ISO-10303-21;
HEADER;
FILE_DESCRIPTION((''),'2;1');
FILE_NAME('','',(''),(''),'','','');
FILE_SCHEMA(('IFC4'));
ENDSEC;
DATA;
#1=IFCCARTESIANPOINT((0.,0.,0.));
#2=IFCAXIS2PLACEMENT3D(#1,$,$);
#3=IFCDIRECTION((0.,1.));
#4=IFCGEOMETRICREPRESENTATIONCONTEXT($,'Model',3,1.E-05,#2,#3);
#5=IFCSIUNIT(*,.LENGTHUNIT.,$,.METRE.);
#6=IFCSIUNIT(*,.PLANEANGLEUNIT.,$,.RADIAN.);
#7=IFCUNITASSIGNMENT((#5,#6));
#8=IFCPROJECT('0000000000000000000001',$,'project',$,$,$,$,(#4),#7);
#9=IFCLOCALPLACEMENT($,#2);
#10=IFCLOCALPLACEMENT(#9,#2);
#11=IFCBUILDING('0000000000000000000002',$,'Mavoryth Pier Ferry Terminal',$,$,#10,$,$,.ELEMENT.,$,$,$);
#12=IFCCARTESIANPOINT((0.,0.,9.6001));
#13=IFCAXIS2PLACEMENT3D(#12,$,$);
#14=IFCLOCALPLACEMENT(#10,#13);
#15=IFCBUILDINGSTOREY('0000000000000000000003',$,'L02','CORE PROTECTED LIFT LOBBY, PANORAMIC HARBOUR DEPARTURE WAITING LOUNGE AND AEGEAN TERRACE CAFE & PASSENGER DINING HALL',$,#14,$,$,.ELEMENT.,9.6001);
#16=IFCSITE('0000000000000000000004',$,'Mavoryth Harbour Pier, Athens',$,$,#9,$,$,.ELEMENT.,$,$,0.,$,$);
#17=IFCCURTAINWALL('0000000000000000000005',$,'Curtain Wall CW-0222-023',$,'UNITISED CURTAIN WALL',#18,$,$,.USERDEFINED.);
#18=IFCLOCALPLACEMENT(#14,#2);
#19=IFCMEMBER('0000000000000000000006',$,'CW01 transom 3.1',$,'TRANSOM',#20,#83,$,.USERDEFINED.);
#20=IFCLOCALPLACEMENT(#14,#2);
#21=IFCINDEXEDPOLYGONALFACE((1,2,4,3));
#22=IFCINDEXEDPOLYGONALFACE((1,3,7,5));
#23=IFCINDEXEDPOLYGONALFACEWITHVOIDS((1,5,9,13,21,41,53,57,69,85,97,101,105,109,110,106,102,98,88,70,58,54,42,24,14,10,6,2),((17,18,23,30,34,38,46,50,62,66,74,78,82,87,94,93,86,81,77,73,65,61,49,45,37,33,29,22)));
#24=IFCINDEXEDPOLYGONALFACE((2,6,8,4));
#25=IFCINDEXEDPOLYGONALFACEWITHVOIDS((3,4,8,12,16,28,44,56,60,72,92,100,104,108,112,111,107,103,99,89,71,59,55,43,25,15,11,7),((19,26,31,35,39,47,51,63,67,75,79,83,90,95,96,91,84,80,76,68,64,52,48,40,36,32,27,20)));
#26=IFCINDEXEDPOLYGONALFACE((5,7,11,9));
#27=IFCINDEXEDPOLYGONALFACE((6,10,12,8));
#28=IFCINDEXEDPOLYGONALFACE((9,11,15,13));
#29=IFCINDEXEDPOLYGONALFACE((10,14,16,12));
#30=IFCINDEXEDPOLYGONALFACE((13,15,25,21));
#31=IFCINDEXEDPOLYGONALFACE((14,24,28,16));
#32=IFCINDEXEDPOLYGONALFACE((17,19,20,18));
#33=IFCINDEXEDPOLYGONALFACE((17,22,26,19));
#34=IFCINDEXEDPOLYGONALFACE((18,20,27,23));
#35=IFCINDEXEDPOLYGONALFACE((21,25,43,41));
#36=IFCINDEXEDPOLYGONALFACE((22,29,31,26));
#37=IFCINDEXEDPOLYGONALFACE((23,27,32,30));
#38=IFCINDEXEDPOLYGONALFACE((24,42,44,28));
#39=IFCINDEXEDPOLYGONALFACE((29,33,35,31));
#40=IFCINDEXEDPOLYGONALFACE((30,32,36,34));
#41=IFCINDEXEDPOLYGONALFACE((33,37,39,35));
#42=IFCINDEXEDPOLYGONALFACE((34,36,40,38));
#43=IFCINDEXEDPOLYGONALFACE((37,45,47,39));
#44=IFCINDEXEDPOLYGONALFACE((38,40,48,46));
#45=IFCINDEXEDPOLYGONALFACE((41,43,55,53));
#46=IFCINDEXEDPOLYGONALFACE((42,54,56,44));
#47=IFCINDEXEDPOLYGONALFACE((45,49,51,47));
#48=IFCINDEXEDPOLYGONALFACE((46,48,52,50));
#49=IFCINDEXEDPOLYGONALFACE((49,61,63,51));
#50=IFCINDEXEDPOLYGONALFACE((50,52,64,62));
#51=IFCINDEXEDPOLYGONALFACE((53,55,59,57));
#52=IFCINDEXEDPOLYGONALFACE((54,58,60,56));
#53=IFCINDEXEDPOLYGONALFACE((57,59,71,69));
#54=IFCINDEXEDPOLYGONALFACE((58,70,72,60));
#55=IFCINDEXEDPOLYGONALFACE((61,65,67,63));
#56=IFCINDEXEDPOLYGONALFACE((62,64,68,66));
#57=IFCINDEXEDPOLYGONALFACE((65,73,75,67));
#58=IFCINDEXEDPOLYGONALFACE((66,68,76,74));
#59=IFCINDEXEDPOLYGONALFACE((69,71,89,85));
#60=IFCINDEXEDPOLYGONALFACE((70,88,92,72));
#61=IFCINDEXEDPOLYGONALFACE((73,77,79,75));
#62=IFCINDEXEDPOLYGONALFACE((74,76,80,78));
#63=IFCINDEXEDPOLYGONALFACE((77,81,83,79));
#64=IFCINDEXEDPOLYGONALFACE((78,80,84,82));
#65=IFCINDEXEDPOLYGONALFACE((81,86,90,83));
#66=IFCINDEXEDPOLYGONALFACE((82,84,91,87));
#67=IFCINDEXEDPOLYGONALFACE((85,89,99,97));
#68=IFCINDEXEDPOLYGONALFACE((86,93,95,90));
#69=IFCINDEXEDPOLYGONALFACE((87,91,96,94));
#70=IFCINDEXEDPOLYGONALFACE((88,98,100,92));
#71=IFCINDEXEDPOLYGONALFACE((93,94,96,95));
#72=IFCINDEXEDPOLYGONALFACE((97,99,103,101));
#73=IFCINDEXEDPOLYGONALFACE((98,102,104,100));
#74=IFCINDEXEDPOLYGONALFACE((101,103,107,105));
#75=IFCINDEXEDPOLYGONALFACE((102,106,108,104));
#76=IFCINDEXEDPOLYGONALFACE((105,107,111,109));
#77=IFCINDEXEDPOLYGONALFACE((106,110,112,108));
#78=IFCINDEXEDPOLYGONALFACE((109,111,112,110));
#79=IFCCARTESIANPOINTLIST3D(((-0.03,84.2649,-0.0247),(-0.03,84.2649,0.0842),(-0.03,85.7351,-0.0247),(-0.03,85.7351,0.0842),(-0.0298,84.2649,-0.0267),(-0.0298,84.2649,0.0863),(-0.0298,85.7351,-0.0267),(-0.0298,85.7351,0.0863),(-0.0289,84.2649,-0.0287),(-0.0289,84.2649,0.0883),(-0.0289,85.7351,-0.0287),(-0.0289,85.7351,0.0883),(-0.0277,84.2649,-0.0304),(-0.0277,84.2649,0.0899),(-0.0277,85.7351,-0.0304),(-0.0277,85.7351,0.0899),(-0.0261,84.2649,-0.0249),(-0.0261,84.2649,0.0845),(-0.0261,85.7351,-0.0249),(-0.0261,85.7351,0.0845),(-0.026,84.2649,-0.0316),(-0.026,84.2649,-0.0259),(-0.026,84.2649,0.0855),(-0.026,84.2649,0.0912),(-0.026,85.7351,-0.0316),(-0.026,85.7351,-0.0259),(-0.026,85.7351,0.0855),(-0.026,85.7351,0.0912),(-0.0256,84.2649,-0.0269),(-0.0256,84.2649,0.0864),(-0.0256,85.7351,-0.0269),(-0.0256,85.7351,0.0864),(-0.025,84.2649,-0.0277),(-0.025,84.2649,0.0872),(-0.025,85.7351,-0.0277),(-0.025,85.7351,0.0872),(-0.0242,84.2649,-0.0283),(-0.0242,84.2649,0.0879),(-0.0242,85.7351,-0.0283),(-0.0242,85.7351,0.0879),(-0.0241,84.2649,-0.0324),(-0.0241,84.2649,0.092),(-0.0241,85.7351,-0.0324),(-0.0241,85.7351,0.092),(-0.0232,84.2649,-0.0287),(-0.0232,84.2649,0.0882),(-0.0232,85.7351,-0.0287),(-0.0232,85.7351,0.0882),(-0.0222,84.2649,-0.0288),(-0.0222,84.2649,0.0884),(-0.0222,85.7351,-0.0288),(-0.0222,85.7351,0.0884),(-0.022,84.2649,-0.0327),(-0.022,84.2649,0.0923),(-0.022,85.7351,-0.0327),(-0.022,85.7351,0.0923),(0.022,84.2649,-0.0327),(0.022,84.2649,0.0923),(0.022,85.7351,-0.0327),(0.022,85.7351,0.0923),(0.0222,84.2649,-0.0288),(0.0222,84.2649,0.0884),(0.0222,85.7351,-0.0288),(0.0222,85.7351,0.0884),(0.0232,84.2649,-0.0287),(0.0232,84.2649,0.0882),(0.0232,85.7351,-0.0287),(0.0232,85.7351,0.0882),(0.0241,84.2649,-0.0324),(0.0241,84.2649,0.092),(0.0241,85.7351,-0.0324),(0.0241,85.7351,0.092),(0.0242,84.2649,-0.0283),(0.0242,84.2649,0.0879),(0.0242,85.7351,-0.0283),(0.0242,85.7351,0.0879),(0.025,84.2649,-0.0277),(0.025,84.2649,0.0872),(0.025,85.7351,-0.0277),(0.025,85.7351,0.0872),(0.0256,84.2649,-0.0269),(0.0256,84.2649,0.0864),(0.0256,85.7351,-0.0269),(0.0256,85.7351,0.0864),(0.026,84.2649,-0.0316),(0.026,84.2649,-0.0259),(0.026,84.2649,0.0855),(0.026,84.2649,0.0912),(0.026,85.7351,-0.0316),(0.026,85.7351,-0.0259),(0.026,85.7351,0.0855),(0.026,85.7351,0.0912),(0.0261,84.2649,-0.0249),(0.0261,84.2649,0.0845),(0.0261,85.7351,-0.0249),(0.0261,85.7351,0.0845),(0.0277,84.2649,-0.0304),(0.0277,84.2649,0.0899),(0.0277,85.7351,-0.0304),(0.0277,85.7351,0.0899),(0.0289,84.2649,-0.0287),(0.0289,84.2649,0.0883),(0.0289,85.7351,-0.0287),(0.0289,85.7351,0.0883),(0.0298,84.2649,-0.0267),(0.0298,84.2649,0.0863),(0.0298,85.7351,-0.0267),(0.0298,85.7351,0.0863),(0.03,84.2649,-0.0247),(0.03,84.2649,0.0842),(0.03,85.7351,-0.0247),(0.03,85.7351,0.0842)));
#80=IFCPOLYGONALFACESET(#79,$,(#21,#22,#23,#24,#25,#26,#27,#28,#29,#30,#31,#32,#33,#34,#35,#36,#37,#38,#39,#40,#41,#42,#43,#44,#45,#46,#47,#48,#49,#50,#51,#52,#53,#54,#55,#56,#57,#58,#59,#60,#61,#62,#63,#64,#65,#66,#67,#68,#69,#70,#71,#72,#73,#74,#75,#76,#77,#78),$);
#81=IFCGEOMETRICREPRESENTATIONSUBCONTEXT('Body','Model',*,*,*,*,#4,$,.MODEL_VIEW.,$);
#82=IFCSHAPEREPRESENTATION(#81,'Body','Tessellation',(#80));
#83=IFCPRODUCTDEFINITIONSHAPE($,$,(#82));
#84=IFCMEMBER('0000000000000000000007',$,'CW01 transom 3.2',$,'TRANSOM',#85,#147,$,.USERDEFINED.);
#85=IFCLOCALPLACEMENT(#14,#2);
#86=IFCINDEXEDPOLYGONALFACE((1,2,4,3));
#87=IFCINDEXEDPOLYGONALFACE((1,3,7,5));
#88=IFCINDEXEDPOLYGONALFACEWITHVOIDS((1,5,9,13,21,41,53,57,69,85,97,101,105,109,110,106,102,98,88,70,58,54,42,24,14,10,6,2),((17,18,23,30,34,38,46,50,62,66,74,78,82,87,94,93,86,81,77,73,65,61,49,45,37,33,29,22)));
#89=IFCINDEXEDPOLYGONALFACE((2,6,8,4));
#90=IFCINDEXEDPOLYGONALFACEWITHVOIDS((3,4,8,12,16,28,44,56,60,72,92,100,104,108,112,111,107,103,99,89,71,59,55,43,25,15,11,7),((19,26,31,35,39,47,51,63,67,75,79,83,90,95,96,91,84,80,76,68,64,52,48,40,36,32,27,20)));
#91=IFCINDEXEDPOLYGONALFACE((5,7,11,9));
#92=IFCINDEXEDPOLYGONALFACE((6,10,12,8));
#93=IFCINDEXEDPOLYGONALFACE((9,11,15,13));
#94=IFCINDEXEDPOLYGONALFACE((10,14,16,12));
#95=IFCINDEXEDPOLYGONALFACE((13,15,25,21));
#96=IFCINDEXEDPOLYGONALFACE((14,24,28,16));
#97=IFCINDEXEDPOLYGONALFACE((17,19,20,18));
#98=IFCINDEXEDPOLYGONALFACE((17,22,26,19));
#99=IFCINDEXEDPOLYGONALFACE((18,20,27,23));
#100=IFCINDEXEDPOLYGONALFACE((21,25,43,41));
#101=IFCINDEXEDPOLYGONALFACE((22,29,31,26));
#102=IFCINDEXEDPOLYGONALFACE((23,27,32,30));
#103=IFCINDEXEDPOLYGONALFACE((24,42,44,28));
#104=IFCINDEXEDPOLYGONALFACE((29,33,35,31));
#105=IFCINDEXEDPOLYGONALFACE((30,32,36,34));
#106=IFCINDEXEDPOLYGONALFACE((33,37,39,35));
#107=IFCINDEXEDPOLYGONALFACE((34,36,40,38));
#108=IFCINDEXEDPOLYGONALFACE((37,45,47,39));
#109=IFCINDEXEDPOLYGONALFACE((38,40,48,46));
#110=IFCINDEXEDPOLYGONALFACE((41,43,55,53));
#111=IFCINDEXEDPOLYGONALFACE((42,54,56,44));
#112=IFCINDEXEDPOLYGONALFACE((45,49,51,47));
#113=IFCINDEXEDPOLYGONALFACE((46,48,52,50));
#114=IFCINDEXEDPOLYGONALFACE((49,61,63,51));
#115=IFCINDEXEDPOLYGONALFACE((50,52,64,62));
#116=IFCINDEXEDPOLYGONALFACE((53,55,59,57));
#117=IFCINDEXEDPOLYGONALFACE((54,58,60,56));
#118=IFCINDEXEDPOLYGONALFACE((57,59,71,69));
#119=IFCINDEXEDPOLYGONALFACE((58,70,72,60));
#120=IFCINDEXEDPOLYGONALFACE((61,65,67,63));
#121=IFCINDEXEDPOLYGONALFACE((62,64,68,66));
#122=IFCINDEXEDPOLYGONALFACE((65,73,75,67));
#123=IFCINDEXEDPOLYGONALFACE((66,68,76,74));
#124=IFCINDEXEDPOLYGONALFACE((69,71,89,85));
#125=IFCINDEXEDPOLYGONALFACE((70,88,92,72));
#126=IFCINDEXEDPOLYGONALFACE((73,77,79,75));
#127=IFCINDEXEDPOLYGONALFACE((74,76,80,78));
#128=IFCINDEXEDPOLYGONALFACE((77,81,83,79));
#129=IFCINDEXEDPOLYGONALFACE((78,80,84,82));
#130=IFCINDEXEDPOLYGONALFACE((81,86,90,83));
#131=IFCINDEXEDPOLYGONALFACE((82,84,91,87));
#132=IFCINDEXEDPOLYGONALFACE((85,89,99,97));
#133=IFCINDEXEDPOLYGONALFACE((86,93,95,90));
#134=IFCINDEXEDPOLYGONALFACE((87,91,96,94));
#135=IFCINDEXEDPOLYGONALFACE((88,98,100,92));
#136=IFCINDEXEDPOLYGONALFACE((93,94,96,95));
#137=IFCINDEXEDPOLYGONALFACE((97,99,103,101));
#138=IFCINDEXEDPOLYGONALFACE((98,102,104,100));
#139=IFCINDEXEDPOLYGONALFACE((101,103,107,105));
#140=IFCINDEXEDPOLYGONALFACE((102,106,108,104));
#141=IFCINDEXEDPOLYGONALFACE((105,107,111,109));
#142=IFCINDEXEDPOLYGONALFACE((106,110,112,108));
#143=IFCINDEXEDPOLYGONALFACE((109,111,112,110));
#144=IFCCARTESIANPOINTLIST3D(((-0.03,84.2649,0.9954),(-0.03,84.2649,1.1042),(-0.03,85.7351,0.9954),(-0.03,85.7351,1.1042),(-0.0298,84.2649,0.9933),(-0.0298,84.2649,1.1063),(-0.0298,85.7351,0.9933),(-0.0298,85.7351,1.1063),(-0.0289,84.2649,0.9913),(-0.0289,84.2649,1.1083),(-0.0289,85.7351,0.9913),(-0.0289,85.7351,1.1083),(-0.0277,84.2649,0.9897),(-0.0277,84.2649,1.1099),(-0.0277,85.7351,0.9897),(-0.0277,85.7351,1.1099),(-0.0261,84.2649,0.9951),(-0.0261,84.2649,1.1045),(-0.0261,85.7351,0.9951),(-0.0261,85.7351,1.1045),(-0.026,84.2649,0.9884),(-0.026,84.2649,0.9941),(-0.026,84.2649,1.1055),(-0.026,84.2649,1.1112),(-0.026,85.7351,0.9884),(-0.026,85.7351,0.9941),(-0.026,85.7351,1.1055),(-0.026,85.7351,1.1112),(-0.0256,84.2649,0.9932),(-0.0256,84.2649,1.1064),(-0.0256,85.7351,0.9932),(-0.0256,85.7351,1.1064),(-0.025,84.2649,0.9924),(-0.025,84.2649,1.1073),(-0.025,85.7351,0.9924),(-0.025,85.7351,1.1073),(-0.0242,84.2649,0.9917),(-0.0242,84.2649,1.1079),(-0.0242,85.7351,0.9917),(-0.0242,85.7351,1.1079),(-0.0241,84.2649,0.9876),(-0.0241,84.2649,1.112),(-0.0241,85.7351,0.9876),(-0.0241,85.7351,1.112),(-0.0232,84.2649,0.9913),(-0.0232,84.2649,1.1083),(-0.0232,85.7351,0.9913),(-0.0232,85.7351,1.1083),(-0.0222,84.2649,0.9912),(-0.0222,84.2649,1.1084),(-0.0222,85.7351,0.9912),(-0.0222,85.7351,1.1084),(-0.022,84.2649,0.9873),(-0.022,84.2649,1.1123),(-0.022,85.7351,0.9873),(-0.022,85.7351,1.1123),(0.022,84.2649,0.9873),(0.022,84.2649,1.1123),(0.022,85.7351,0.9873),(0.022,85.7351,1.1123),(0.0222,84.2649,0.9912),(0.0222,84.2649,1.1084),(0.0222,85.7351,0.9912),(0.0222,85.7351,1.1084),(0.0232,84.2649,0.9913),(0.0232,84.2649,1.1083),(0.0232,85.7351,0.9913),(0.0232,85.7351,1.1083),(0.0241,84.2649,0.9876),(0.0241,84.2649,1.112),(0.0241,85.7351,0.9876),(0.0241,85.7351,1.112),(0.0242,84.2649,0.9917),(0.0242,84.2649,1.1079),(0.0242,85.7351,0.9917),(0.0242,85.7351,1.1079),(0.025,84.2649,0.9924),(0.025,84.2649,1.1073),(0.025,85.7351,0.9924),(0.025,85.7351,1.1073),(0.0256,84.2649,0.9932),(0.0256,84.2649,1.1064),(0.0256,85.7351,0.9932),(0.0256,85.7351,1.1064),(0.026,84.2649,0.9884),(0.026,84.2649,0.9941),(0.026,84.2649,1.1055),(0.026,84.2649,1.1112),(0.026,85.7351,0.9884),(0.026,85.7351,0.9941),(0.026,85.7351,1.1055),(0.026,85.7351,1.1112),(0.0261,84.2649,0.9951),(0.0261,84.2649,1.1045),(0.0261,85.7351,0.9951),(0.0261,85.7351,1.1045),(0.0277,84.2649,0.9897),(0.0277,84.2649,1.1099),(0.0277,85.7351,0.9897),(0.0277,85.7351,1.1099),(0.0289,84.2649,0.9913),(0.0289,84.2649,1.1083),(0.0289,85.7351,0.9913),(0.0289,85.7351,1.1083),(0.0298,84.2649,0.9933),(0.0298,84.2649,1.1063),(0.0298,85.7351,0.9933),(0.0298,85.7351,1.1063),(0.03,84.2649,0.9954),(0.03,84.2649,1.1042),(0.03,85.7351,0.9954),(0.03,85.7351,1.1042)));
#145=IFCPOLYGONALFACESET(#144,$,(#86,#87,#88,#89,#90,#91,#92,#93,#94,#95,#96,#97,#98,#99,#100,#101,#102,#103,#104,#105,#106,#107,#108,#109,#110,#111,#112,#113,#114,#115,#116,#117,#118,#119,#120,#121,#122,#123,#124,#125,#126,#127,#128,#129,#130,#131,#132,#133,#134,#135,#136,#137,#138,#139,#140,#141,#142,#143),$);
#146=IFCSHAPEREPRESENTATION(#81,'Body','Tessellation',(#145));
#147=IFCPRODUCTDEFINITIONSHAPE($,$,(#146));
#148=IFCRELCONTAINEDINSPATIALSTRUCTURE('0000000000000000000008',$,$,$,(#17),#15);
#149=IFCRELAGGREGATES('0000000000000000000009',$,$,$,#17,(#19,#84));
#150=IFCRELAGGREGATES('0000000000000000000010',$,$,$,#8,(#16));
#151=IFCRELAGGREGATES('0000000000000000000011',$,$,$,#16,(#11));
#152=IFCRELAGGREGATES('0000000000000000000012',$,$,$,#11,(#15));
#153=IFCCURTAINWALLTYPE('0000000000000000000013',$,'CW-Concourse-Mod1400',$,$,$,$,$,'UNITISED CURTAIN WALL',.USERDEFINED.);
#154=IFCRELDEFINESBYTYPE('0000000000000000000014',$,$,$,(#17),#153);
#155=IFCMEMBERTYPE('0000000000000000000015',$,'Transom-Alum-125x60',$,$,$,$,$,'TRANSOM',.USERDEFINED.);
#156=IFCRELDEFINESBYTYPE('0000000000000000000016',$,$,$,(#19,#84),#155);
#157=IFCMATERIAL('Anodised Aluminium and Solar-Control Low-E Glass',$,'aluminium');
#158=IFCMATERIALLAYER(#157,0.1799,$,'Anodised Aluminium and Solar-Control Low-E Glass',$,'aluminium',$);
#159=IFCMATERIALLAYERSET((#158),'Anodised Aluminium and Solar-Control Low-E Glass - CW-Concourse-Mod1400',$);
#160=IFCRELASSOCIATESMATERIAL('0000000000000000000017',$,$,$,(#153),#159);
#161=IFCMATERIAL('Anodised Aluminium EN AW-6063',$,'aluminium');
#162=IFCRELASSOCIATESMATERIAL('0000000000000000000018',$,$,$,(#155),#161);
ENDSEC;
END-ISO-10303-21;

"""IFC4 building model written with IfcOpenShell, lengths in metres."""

from ifc_helpers import new_model, si_unit, direction, frame, origin, origin_2d, place, context, subcontext, project, spatial, hollow_rectangle, extrude, material, layer, layer_set, material_profile, profile_set, type_object, element, aggregate, save


model = new_model("IFC4")

# Units and contexts
model_context = context("Model", 3, precision=1e-05, world=origin(), true_north=direction((0.0, 1.0)))
body_context = subcontext(model_context, "Body", "Model", "MODEL_VIEW")
ifc_project = project(units=[si_unit("LENGTHUNIT", "METRE"), si_unit("PLANEANGLEUNIT", "RADIAN")], contexts=[model_context])

# Site, building, storey
site_placement = place(None, origin())
site = spatial("IfcSite", under=ifc_project, at=site_placement, Name="Mavoryth Harbour Pier, Athens", CompositionType="ELEMENT", RefElevation=0.0)
building_placement = place(site_placement, origin())
building = spatial("IfcBuilding", under=site, at=building_placement, Name="Mavoryth Pier Ferry Terminal", CompositionType="ELEMENT")
storey_placement = place(building_placement, frame((0.0, 0.0, 9.6001)))
storey = spatial("IfcBuildingStorey", under=building, at=storey_placement, Name="L02", Description="CORE PROTECTED LIFT LOBBY, PANORAMIC HARBOUR DEPARTURE WAITING LOUNGE AND AEGEAN TERRACE CAFE & PASSENGER DINING HALL", CompositionType="ELEMENT", Elevation=9.6001)

# Curtain wall
ifc_material_1 = material(Name="Anodised Aluminium and Solar-Control Low-E Glass", Category="aluminium")
ifc_layer_1 = layer(ifc_material_1, 0.1799, Name="Anodised Aluminium and Solar-Control Low-E Glass", Category="aluminium")
ifc_layer_set_1 = layer_set([ifc_layer_1], Name="Anodised Aluminium and Solar-Control Low-E Glass - CW-Concourse-Mod1400")
curtain_wall_type = type_object("IfcCurtainWallType", Name="CW-Concourse-Mod1400", ElementType="UNITISED CURTAIN WALL", PredefinedType="USERDEFINED", material=ifc_layer_set_1)
curtain_wall_placement = place(storey_placement, origin())
curtain_wall = element("IfcCurtainWall", 1, at=curtain_wall_placement, inside=storey, type_object=curtain_wall_type, Name="Curtain Wall CW-0222-023", ObjectType="UNITISED CURTAIN WALL", PredefinedType="USERDEFINED")
ifc_material_2 = material(Name="Anodised Aluminium EN AW-6063", Category="aluminium")

# Members
ifc_material_profile_1 = material_profile(ifc_material_2, hollow_rectangle(XDim=0.0601, YDim=0.125, WallThickness=0.0039, InnerFilletRadius=0.0039, OuterFilletRadius=0.0081, at=origin_2d()), Name="AL-TRAN 125x60x4", Category="aluminium")
ifc_profile_set_1 = profile_set([ifc_material_profile_1], Name="Anodised Aluminium EN AW-6063 - AL-TRAN 125x60x4")
member_type_1 = type_object("IfcMemberType", Name="Transom-Alum-125x60", ElementType="TRANSOM", PredefinedType="USERDEFINED", material=ifc_profile_set_1)
member_1_placement = place(storey_placement, frame((0.0, 85.7351, 0.0298), z_axis=(0.0, -1.0, 0.0), x_axis=(1.0, 0.0, 0.0)))
member_1 = element("IfcMember", 2, at=member_1_placement, type_object=member_type_1, Name="CW01 transom 3.1", ObjectType="TRANSOM", PredefinedType="USERDEFINED", context=body_context, shape_type="SweptSolid", body=[
    extrude(hollow_rectangle(XDim=0.0601, YDim=0.125, WallThickness=0.0039, InnerFilletRadius=0.0039, OuterFilletRadius=0.0081, at=origin_2d()), origin(), (0.0, 0.0, 1.0), 1.4702),
])
member_2_placement = place(storey_placement, frame((0.0, 85.7351, 1.0498), z_axis=(0.0, -1.0, 0.0), x_axis=(1.0, 0.0, 0.0)))
member_2 = element("IfcMember", 3, at=member_2_placement, type_object=member_type_1, Name="CW01 transom 3.2", ObjectType="TRANSOM", PredefinedType="USERDEFINED", context=body_context, shape_type="SweptSolid", body=[
    extrude(hollow_rectangle(XDim=0.0601, YDim=0.125, WallThickness=0.0039, InnerFilletRadius=0.0039, OuterFilletRadius=0.0081, at=origin_2d()), origin(), (0.0, 0.0, 1.0), 1.4702),
])

aggregate(curtain_wall, [member_1, member_2])

save(model, "model.ifc")
